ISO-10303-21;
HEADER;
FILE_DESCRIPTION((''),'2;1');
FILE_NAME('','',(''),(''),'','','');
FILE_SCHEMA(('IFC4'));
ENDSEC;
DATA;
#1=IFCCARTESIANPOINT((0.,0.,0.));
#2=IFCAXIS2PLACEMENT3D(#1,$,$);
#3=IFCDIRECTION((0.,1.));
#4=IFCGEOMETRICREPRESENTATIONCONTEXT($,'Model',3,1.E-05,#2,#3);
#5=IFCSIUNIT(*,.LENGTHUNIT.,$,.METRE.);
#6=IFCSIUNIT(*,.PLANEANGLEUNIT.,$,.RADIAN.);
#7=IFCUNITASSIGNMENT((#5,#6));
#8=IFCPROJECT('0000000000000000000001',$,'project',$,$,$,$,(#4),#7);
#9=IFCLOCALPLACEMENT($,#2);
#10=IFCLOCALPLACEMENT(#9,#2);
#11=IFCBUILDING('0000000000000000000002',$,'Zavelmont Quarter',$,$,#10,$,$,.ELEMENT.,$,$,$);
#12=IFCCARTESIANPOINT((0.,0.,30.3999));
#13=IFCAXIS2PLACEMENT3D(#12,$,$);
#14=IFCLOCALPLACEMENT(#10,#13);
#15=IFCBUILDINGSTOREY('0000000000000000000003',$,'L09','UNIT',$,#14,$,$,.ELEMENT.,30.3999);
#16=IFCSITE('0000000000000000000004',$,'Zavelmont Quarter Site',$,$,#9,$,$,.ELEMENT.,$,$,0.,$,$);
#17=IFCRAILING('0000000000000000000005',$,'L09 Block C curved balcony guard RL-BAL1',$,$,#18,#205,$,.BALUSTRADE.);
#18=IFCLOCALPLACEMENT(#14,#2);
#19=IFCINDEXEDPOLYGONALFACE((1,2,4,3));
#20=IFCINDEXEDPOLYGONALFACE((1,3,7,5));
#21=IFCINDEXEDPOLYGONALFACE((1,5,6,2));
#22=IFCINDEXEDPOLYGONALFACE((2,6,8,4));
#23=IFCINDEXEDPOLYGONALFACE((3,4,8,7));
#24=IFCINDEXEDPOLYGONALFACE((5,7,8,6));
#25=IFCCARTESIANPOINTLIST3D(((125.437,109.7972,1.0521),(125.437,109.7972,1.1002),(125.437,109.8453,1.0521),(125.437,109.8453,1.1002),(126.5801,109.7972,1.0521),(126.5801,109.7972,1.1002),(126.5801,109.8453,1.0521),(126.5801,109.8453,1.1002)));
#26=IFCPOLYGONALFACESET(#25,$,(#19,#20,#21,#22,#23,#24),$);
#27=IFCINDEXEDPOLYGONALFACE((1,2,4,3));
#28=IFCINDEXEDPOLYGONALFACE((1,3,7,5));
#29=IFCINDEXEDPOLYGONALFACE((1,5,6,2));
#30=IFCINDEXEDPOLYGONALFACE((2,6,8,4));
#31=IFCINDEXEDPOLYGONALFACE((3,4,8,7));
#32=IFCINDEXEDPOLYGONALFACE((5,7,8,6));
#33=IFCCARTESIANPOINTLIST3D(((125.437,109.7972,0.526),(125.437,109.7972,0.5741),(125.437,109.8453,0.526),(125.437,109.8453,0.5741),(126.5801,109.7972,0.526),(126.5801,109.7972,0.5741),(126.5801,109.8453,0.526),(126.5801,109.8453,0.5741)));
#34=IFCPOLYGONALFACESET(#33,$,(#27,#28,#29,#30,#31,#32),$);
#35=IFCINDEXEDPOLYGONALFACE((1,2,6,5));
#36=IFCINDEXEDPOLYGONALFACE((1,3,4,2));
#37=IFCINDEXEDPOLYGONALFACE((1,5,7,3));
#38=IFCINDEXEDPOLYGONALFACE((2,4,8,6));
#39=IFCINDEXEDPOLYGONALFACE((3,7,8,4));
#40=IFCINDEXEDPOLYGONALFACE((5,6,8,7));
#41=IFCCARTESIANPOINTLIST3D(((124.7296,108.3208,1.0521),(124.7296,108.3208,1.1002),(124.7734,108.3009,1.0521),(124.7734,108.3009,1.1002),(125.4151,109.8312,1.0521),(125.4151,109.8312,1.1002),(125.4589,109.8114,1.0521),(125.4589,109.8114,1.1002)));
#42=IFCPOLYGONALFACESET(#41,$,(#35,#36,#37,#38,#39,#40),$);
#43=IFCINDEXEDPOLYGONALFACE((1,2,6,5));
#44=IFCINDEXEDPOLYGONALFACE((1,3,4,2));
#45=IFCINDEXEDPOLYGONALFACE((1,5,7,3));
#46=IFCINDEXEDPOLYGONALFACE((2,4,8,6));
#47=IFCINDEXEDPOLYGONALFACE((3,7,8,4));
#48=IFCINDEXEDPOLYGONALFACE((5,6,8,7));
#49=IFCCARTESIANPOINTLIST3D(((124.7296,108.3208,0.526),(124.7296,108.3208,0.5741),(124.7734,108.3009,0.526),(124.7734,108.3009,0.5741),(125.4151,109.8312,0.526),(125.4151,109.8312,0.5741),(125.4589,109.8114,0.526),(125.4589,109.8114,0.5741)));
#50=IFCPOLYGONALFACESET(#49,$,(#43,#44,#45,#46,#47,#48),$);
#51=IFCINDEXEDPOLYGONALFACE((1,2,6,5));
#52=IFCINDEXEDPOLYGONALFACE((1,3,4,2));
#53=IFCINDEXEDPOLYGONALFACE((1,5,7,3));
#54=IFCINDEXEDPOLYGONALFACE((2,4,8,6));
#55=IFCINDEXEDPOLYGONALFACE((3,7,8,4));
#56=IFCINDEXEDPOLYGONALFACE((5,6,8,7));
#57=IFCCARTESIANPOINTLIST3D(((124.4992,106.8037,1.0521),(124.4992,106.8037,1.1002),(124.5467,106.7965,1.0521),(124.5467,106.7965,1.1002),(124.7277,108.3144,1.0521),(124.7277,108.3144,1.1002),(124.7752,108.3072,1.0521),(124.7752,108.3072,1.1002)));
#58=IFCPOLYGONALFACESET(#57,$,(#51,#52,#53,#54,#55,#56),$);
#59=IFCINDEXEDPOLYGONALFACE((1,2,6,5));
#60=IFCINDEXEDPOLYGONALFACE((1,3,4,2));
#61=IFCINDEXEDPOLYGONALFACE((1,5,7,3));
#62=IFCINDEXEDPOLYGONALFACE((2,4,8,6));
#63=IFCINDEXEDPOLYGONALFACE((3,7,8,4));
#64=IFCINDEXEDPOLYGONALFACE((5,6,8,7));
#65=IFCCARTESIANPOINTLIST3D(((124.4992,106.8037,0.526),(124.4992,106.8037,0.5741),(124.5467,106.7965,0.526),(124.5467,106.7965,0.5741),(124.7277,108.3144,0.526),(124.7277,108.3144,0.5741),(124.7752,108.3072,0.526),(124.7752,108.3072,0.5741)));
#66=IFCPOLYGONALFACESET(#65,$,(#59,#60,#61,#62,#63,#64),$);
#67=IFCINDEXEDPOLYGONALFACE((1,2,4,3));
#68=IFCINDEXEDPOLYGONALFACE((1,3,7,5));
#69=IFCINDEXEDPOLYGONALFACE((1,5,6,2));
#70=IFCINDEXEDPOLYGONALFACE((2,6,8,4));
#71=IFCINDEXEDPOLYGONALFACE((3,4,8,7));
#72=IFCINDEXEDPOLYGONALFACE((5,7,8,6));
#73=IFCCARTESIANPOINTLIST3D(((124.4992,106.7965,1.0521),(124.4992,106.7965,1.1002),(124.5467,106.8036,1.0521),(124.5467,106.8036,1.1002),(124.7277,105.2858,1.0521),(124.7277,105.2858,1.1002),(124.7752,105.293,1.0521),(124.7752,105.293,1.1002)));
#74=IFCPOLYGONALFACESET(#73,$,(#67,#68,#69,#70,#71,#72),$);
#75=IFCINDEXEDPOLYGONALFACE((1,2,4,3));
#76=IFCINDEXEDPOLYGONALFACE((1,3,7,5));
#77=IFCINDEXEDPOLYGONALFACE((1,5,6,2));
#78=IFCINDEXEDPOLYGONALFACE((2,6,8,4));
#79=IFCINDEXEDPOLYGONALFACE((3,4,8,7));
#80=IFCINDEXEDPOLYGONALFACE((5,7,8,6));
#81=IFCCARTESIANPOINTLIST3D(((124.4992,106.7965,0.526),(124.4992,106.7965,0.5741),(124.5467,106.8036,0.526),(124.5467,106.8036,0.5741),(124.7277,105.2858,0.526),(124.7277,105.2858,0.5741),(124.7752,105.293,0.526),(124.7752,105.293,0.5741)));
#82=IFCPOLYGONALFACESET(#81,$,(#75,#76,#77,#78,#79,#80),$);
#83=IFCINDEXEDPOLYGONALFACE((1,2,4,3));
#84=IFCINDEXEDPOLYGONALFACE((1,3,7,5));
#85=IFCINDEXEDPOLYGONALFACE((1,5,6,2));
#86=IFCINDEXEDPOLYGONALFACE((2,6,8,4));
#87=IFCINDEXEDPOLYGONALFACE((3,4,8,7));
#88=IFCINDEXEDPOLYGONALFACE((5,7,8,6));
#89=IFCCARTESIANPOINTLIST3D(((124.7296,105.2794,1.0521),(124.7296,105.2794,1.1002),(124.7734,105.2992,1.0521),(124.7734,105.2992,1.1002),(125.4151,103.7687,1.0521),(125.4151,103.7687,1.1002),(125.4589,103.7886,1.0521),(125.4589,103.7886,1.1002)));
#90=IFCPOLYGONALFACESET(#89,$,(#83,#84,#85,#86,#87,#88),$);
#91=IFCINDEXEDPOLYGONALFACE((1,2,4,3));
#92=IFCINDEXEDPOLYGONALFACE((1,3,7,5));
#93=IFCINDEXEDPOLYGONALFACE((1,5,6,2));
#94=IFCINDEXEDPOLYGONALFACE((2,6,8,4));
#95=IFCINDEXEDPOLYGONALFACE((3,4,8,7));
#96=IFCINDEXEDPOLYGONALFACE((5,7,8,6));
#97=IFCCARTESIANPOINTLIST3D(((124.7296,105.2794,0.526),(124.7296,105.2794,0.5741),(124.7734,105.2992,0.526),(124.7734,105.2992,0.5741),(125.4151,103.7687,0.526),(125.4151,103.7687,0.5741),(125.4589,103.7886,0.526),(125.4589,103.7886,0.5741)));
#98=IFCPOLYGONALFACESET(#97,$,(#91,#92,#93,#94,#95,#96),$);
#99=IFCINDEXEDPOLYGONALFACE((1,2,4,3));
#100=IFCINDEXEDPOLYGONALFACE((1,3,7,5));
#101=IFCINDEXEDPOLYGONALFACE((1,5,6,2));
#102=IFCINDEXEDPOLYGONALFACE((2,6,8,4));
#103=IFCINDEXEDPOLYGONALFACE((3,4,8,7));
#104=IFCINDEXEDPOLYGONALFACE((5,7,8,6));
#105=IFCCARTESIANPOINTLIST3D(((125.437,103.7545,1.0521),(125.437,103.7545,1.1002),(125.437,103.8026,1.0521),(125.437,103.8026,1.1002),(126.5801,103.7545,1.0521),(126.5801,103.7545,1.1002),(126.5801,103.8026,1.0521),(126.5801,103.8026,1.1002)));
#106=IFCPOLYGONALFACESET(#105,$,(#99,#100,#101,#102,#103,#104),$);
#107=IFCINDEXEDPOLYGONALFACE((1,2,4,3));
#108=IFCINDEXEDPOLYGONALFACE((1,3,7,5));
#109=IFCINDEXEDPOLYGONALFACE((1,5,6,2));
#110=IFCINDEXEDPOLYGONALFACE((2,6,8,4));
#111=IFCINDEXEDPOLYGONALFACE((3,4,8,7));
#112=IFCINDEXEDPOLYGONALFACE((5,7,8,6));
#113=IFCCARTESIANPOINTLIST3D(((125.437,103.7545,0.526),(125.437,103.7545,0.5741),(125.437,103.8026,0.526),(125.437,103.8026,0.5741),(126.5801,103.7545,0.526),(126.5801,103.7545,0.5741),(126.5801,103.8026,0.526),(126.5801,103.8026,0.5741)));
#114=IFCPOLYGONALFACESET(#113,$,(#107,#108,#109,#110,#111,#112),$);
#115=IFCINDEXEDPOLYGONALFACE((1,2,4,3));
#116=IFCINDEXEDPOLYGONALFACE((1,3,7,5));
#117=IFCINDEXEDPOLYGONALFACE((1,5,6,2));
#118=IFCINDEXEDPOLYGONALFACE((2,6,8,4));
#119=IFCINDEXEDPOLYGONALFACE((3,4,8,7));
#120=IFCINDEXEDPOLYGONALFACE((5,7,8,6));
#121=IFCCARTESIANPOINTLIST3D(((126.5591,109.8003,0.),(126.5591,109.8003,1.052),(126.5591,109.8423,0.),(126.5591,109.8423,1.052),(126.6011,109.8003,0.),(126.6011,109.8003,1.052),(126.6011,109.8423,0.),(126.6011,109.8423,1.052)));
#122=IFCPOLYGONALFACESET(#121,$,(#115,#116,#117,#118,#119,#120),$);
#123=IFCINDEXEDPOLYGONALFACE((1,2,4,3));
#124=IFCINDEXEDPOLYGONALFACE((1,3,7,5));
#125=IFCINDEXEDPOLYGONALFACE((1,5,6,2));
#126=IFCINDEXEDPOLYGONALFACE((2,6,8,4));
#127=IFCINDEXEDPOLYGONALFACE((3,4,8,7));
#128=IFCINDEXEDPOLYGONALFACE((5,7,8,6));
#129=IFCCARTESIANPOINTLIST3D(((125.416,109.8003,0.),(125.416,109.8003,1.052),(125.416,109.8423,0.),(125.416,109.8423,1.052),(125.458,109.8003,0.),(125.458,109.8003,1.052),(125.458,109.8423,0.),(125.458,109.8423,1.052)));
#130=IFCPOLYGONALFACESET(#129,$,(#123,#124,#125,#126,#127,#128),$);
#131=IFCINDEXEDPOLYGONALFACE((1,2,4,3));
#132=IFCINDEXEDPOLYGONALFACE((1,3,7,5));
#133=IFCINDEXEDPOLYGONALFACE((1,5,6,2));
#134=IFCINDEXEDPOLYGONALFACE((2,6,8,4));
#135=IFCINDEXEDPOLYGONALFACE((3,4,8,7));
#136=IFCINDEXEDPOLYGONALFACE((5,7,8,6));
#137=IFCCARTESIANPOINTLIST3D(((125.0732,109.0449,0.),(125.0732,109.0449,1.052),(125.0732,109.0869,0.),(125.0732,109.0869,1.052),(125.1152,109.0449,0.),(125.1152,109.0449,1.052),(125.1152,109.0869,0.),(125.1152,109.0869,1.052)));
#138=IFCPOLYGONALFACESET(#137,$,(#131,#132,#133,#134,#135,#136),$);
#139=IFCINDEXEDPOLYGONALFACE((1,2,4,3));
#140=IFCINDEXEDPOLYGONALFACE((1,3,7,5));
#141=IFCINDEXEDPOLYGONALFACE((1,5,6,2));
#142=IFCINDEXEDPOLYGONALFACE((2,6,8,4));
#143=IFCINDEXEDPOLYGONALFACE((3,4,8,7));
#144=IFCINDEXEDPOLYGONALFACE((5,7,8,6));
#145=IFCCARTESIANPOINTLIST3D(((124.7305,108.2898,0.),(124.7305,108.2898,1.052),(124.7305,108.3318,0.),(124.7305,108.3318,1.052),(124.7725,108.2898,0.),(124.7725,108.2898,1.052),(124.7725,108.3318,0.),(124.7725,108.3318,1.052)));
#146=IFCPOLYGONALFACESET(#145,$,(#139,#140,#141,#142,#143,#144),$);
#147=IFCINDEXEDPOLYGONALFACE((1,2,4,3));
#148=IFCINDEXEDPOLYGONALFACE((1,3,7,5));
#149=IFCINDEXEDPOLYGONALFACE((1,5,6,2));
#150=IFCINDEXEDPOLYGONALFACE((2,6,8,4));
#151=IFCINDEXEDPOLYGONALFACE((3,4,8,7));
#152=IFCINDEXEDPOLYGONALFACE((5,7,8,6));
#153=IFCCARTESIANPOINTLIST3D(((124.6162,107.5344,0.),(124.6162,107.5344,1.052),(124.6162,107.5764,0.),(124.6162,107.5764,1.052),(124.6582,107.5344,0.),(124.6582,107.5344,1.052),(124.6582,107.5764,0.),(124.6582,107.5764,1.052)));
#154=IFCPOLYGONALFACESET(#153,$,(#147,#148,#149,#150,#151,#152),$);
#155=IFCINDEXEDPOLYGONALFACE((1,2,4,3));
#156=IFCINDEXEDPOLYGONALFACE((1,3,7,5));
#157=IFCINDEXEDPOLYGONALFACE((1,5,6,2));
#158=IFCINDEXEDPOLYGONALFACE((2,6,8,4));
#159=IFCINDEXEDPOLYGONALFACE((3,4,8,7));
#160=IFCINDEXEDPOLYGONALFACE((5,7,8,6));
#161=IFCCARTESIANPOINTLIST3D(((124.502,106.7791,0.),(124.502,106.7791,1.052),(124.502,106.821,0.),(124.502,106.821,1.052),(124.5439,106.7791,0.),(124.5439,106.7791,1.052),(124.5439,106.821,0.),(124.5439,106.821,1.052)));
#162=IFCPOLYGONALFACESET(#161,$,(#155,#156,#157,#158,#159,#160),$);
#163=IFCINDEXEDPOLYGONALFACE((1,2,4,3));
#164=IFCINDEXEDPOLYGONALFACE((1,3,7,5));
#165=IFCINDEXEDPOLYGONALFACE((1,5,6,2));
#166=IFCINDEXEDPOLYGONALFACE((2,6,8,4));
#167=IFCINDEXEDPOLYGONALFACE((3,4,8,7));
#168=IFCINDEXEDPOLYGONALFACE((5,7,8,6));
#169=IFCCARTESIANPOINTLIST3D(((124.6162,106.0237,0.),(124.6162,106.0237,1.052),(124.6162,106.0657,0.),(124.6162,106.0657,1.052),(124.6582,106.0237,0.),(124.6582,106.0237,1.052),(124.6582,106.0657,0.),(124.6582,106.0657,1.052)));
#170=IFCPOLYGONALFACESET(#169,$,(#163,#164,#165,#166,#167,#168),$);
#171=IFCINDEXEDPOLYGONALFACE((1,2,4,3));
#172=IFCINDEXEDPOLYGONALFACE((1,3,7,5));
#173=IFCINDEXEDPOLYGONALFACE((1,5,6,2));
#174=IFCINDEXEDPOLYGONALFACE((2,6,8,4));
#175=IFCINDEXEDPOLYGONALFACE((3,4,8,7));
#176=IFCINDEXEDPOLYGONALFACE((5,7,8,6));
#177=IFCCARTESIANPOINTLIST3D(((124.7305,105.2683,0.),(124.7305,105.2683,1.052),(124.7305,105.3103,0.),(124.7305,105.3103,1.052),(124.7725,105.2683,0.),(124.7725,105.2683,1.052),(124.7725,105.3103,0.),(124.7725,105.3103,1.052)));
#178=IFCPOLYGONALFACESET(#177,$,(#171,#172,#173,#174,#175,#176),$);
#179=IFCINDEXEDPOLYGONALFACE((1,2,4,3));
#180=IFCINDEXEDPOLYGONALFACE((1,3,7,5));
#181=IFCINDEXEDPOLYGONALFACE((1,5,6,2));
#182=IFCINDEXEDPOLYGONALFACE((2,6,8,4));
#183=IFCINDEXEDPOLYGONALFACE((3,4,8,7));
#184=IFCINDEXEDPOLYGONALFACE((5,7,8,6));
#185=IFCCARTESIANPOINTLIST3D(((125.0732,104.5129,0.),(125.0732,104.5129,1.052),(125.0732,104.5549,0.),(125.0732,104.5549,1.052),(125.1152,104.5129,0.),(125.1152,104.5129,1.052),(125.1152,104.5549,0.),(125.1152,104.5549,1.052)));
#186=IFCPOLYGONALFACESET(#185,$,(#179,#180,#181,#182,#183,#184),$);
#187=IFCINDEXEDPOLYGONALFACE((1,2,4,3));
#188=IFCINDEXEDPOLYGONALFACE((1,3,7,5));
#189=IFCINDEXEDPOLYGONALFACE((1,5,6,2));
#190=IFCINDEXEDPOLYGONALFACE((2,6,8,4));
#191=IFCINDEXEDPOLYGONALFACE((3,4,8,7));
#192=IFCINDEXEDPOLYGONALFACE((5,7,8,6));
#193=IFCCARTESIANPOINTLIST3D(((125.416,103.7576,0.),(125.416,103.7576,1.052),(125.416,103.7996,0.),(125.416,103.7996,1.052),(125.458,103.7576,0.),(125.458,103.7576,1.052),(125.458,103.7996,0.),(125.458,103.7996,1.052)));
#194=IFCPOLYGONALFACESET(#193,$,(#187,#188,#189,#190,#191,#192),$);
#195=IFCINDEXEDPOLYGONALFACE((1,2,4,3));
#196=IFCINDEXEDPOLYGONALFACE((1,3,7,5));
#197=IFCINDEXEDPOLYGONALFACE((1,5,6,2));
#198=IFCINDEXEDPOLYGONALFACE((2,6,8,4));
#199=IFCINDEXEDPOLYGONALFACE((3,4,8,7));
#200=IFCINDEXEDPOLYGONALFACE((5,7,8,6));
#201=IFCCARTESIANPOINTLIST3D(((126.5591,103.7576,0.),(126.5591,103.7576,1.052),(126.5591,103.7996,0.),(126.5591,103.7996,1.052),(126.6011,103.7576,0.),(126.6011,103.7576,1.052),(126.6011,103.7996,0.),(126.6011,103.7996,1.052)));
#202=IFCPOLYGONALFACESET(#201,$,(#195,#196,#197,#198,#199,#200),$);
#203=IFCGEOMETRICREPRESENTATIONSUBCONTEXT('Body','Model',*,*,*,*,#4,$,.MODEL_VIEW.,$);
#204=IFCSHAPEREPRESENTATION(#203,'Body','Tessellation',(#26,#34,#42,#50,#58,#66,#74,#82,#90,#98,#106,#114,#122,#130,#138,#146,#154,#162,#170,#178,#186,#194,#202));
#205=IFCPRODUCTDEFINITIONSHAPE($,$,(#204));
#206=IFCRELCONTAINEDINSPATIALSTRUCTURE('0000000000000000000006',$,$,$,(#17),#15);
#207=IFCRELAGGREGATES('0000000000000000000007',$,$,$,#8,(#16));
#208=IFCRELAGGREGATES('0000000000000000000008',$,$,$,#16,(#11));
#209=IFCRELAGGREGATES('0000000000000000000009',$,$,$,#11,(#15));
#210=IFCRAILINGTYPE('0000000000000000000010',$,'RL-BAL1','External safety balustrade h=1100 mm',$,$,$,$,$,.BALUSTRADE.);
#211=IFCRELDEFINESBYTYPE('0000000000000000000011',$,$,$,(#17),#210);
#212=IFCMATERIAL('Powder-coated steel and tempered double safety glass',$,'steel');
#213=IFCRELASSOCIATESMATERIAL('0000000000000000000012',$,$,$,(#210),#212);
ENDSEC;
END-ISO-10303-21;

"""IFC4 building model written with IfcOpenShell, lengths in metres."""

from ifc_helpers import new_model, si_unit, direction, frame, origin, origin_2d, place, context, subcontext, project, spatial, rectangle, extrude, material, type_object, element, save


model = new_model("IFC4")

# Units and contexts
model_context = context("Model", 3, precision=1e-05, world=origin(), true_north=direction((0.0, 1.0)))
body_context = subcontext(model_context, "Body", "Model", "MODEL_VIEW")
ifc_project = project(units=[si_unit("LENGTHUNIT", "METRE"), si_unit("PLANEANGLEUNIT", "RADIAN")], contexts=[model_context])

# Site, building, storey
site_placement = place(None, origin())
site = spatial("IfcSite", under=ifc_project, at=site_placement, Name="Zavelmont Quarter Site", CompositionType="ELEMENT", RefElevation=0.0)
building_placement = place(site_placement, origin())
building = spatial("IfcBuilding", under=site, at=building_placement, Name="Zavelmont Quarter", CompositionType="ELEMENT")
storey_placement = place(building_placement, frame((0.0, 0.0, 30.3999)))
storey = spatial("IfcBuildingStorey", under=building, at=storey_placement, Name="L09", Description="UNIT", CompositionType="ELEMENT", Elevation=30.3999)

# Railing
ifc_material_1 = material(Name="Powder-coated steel and tempered double safety glass", Category="steel")
railing_type = type_object("IfcRailingType", Name="RL-BAL1", Description="External safety balustrade h=1100 mm", PredefinedType="BALUSTRADE", material=ifc_material_1)
railing_1_placement = place(storey_placement, frame((126.5801, 109.8213, 0.0)))
element("IfcRailing", 1, at=railing_1_placement, inside=storey, type_object=railing_type, Name="L09 Block C curved balcony guard RL-BAL1", PredefinedType="BALUSTRADE", context=body_context, shape_type="SweptSolid", body=[
    extrude(rectangle(XDim=0.0481, YDim=0.0481, at=origin_2d()), frame((0.0, 0.0, 1.0762), z_axis=(-1.0, 0.0, 0.0), x_axis=(0.0, -1.0, 0.0)), (0.0, 0.0, 1.0), 1.1431),
    extrude(rectangle(XDim=0.0481, YDim=0.0481, at=origin_2d()), frame((0.0, 0.0, 0.55), z_axis=(-1.0, 0.0, 0.0), x_axis=(0.0, -1.0, 0.0)), (0.0, 0.0, 1.0), 1.1431),
    extrude(rectangle(XDim=0.0481, YDim=0.0481, at=origin_2d()), frame((-1.1431, 0.0, 1.0762), z_axis=(-0.413282, -0.910603, 0.0), x_axis=(0.910603, -0.413282, 0.0)), (0.0, 0.0, 1.0), 1.6587),
    extrude(rectangle(XDim=0.0481, YDim=0.0481, at=origin_2d()), frame((-1.1431, 0.0, 0.55), z_axis=(-0.413282, -0.910603, 0.0), x_axis=(0.910603, -0.413282, 0.0)), (0.0, 0.0, 1.0), 1.6587),
    extrude(rectangle(XDim=0.0481, YDim=0.0481, at=origin_2d()), frame((-1.8286, -1.5105, 1.0762), z_axis=(-0.149559, -0.988753, 0.0), x_axis=(0.988753, -0.149559, 0.0)), (0.0, 0.0, 1.0), 1.5278),
    extrude(rectangle(XDim=0.0481, YDim=0.0481, at=origin_2d()), frame((-1.8286, -1.5105, 0.55), z_axis=(-0.149559, -0.988753, 0.0), x_axis=(0.988753, -0.149559, 0.0)), (0.0, 0.0, 1.0), 1.5278),
    extrude(rectangle(XDim=0.0481, YDim=0.0481, at=origin_2d()), frame((-2.0571, -3.0212, 1.0762), z_axis=(0.149559, -0.988753, 0.0), x_axis=(0.988753, 0.149559, 0.0)), (0.0, 0.0, 1.0), 1.5278),
    extrude(rectangle(XDim=0.0481, YDim=0.0481, at=origin_2d()), frame((-2.0571, -3.0212, 0.55), z_axis=(0.149559, -0.988753, 0.0), x_axis=(0.988753, 0.149559, 0.0)), (0.0, 0.0, 1.0), 1.5278),
    extrude(rectangle(XDim=0.0481, YDim=0.0481, at=origin_2d()), frame((-1.8286, -4.532, 1.0762), z_axis=(0.413226, -0.910628, 0.0), x_axis=(0.910628, 0.413226, 0.0)), (0.0, 0.0, 1.0), 1.6589),
    extrude(rectangle(XDim=0.0481, YDim=0.0481, at=origin_2d()), frame((-1.8286, -4.532, 0.55), z_axis=(0.413226, -0.910628, 0.0), x_axis=(0.910628, 0.413226, 0.0)), (0.0, 0.0, 1.0), 1.6589),
    extrude(rectangle(XDim=0.0481, YDim=0.0481, at=origin_2d()), frame((-1.1431, -6.0427, 1.0762), z_axis=(1.0, 0.0, 0.0), x_axis=(0.0, 1.0, 0.0)), (0.0, 0.0, 1.0), 1.1431),
    extrude(rectangle(XDim=0.0481, YDim=0.0481, at=origin_2d()), frame((-1.1431, -6.0427, 0.55), z_axis=(1.0, 0.0, 0.0), x_axis=(0.0, 1.0, 0.0)), (0.0, 0.0, 1.0), 1.1431),
    extrude(rectangle(XDim=0.042, YDim=0.042, at=origin_2d()), origin(), (0.0, 0.0, 1.0), 1.052),
    extrude(rectangle(XDim=0.042, YDim=0.042, at=origin_2d()), frame((-1.1431, 0.0, 0.0)), (0.0, 0.0, 1.0), 1.052),
    extrude(rectangle(XDim=0.042, YDim=0.042, at=origin_2d()), frame((-1.4858, -0.7554, 0.0)), (0.0, 0.0, 1.0), 1.052),
    extrude(rectangle(XDim=0.042, YDim=0.042, at=origin_2d()), frame((-1.8286, -1.5105, 0.0)), (0.0, 0.0, 1.0), 1.052),
    extrude(rectangle(XDim=0.042, YDim=0.042, at=origin_2d()), frame((-1.9429, -2.2659, 0.0)), (0.0, 0.0, 1.0), 1.052),
    extrude(rectangle(XDim=0.042, YDim=0.042, at=origin_2d()), frame((-2.0571, -3.0212, 0.0)), (0.0, 0.0, 1.0), 1.052),
    extrude(rectangle(XDim=0.042, YDim=0.042, at=origin_2d()), frame((-1.9429, -3.7766, 0.0)), (0.0, 0.0, 1.0), 1.052),
    extrude(rectangle(XDim=0.042, YDim=0.042, at=origin_2d()), frame((-1.8286, -4.532, 0.0)), (0.0, 0.0, 1.0), 1.052),
    extrude(rectangle(XDim=0.042, YDim=0.042, at=origin_2d()), frame((-1.4858, -5.2874, 0.0)), (0.0, 0.0, 1.0), 1.052),
    extrude(rectangle(XDim=0.042, YDim=0.042, at=origin_2d()), frame((-1.1431, -6.0427, 0.0)), (0.0, 0.0, 1.0), 1.052),
    extrude(rectangle(XDim=0.042, YDim=0.042, at=origin_2d()), frame((0.0, -6.0427, 0.0)), (0.0, 0.0, 1.0), 1.052),
])

save(model, "model.ifc")
